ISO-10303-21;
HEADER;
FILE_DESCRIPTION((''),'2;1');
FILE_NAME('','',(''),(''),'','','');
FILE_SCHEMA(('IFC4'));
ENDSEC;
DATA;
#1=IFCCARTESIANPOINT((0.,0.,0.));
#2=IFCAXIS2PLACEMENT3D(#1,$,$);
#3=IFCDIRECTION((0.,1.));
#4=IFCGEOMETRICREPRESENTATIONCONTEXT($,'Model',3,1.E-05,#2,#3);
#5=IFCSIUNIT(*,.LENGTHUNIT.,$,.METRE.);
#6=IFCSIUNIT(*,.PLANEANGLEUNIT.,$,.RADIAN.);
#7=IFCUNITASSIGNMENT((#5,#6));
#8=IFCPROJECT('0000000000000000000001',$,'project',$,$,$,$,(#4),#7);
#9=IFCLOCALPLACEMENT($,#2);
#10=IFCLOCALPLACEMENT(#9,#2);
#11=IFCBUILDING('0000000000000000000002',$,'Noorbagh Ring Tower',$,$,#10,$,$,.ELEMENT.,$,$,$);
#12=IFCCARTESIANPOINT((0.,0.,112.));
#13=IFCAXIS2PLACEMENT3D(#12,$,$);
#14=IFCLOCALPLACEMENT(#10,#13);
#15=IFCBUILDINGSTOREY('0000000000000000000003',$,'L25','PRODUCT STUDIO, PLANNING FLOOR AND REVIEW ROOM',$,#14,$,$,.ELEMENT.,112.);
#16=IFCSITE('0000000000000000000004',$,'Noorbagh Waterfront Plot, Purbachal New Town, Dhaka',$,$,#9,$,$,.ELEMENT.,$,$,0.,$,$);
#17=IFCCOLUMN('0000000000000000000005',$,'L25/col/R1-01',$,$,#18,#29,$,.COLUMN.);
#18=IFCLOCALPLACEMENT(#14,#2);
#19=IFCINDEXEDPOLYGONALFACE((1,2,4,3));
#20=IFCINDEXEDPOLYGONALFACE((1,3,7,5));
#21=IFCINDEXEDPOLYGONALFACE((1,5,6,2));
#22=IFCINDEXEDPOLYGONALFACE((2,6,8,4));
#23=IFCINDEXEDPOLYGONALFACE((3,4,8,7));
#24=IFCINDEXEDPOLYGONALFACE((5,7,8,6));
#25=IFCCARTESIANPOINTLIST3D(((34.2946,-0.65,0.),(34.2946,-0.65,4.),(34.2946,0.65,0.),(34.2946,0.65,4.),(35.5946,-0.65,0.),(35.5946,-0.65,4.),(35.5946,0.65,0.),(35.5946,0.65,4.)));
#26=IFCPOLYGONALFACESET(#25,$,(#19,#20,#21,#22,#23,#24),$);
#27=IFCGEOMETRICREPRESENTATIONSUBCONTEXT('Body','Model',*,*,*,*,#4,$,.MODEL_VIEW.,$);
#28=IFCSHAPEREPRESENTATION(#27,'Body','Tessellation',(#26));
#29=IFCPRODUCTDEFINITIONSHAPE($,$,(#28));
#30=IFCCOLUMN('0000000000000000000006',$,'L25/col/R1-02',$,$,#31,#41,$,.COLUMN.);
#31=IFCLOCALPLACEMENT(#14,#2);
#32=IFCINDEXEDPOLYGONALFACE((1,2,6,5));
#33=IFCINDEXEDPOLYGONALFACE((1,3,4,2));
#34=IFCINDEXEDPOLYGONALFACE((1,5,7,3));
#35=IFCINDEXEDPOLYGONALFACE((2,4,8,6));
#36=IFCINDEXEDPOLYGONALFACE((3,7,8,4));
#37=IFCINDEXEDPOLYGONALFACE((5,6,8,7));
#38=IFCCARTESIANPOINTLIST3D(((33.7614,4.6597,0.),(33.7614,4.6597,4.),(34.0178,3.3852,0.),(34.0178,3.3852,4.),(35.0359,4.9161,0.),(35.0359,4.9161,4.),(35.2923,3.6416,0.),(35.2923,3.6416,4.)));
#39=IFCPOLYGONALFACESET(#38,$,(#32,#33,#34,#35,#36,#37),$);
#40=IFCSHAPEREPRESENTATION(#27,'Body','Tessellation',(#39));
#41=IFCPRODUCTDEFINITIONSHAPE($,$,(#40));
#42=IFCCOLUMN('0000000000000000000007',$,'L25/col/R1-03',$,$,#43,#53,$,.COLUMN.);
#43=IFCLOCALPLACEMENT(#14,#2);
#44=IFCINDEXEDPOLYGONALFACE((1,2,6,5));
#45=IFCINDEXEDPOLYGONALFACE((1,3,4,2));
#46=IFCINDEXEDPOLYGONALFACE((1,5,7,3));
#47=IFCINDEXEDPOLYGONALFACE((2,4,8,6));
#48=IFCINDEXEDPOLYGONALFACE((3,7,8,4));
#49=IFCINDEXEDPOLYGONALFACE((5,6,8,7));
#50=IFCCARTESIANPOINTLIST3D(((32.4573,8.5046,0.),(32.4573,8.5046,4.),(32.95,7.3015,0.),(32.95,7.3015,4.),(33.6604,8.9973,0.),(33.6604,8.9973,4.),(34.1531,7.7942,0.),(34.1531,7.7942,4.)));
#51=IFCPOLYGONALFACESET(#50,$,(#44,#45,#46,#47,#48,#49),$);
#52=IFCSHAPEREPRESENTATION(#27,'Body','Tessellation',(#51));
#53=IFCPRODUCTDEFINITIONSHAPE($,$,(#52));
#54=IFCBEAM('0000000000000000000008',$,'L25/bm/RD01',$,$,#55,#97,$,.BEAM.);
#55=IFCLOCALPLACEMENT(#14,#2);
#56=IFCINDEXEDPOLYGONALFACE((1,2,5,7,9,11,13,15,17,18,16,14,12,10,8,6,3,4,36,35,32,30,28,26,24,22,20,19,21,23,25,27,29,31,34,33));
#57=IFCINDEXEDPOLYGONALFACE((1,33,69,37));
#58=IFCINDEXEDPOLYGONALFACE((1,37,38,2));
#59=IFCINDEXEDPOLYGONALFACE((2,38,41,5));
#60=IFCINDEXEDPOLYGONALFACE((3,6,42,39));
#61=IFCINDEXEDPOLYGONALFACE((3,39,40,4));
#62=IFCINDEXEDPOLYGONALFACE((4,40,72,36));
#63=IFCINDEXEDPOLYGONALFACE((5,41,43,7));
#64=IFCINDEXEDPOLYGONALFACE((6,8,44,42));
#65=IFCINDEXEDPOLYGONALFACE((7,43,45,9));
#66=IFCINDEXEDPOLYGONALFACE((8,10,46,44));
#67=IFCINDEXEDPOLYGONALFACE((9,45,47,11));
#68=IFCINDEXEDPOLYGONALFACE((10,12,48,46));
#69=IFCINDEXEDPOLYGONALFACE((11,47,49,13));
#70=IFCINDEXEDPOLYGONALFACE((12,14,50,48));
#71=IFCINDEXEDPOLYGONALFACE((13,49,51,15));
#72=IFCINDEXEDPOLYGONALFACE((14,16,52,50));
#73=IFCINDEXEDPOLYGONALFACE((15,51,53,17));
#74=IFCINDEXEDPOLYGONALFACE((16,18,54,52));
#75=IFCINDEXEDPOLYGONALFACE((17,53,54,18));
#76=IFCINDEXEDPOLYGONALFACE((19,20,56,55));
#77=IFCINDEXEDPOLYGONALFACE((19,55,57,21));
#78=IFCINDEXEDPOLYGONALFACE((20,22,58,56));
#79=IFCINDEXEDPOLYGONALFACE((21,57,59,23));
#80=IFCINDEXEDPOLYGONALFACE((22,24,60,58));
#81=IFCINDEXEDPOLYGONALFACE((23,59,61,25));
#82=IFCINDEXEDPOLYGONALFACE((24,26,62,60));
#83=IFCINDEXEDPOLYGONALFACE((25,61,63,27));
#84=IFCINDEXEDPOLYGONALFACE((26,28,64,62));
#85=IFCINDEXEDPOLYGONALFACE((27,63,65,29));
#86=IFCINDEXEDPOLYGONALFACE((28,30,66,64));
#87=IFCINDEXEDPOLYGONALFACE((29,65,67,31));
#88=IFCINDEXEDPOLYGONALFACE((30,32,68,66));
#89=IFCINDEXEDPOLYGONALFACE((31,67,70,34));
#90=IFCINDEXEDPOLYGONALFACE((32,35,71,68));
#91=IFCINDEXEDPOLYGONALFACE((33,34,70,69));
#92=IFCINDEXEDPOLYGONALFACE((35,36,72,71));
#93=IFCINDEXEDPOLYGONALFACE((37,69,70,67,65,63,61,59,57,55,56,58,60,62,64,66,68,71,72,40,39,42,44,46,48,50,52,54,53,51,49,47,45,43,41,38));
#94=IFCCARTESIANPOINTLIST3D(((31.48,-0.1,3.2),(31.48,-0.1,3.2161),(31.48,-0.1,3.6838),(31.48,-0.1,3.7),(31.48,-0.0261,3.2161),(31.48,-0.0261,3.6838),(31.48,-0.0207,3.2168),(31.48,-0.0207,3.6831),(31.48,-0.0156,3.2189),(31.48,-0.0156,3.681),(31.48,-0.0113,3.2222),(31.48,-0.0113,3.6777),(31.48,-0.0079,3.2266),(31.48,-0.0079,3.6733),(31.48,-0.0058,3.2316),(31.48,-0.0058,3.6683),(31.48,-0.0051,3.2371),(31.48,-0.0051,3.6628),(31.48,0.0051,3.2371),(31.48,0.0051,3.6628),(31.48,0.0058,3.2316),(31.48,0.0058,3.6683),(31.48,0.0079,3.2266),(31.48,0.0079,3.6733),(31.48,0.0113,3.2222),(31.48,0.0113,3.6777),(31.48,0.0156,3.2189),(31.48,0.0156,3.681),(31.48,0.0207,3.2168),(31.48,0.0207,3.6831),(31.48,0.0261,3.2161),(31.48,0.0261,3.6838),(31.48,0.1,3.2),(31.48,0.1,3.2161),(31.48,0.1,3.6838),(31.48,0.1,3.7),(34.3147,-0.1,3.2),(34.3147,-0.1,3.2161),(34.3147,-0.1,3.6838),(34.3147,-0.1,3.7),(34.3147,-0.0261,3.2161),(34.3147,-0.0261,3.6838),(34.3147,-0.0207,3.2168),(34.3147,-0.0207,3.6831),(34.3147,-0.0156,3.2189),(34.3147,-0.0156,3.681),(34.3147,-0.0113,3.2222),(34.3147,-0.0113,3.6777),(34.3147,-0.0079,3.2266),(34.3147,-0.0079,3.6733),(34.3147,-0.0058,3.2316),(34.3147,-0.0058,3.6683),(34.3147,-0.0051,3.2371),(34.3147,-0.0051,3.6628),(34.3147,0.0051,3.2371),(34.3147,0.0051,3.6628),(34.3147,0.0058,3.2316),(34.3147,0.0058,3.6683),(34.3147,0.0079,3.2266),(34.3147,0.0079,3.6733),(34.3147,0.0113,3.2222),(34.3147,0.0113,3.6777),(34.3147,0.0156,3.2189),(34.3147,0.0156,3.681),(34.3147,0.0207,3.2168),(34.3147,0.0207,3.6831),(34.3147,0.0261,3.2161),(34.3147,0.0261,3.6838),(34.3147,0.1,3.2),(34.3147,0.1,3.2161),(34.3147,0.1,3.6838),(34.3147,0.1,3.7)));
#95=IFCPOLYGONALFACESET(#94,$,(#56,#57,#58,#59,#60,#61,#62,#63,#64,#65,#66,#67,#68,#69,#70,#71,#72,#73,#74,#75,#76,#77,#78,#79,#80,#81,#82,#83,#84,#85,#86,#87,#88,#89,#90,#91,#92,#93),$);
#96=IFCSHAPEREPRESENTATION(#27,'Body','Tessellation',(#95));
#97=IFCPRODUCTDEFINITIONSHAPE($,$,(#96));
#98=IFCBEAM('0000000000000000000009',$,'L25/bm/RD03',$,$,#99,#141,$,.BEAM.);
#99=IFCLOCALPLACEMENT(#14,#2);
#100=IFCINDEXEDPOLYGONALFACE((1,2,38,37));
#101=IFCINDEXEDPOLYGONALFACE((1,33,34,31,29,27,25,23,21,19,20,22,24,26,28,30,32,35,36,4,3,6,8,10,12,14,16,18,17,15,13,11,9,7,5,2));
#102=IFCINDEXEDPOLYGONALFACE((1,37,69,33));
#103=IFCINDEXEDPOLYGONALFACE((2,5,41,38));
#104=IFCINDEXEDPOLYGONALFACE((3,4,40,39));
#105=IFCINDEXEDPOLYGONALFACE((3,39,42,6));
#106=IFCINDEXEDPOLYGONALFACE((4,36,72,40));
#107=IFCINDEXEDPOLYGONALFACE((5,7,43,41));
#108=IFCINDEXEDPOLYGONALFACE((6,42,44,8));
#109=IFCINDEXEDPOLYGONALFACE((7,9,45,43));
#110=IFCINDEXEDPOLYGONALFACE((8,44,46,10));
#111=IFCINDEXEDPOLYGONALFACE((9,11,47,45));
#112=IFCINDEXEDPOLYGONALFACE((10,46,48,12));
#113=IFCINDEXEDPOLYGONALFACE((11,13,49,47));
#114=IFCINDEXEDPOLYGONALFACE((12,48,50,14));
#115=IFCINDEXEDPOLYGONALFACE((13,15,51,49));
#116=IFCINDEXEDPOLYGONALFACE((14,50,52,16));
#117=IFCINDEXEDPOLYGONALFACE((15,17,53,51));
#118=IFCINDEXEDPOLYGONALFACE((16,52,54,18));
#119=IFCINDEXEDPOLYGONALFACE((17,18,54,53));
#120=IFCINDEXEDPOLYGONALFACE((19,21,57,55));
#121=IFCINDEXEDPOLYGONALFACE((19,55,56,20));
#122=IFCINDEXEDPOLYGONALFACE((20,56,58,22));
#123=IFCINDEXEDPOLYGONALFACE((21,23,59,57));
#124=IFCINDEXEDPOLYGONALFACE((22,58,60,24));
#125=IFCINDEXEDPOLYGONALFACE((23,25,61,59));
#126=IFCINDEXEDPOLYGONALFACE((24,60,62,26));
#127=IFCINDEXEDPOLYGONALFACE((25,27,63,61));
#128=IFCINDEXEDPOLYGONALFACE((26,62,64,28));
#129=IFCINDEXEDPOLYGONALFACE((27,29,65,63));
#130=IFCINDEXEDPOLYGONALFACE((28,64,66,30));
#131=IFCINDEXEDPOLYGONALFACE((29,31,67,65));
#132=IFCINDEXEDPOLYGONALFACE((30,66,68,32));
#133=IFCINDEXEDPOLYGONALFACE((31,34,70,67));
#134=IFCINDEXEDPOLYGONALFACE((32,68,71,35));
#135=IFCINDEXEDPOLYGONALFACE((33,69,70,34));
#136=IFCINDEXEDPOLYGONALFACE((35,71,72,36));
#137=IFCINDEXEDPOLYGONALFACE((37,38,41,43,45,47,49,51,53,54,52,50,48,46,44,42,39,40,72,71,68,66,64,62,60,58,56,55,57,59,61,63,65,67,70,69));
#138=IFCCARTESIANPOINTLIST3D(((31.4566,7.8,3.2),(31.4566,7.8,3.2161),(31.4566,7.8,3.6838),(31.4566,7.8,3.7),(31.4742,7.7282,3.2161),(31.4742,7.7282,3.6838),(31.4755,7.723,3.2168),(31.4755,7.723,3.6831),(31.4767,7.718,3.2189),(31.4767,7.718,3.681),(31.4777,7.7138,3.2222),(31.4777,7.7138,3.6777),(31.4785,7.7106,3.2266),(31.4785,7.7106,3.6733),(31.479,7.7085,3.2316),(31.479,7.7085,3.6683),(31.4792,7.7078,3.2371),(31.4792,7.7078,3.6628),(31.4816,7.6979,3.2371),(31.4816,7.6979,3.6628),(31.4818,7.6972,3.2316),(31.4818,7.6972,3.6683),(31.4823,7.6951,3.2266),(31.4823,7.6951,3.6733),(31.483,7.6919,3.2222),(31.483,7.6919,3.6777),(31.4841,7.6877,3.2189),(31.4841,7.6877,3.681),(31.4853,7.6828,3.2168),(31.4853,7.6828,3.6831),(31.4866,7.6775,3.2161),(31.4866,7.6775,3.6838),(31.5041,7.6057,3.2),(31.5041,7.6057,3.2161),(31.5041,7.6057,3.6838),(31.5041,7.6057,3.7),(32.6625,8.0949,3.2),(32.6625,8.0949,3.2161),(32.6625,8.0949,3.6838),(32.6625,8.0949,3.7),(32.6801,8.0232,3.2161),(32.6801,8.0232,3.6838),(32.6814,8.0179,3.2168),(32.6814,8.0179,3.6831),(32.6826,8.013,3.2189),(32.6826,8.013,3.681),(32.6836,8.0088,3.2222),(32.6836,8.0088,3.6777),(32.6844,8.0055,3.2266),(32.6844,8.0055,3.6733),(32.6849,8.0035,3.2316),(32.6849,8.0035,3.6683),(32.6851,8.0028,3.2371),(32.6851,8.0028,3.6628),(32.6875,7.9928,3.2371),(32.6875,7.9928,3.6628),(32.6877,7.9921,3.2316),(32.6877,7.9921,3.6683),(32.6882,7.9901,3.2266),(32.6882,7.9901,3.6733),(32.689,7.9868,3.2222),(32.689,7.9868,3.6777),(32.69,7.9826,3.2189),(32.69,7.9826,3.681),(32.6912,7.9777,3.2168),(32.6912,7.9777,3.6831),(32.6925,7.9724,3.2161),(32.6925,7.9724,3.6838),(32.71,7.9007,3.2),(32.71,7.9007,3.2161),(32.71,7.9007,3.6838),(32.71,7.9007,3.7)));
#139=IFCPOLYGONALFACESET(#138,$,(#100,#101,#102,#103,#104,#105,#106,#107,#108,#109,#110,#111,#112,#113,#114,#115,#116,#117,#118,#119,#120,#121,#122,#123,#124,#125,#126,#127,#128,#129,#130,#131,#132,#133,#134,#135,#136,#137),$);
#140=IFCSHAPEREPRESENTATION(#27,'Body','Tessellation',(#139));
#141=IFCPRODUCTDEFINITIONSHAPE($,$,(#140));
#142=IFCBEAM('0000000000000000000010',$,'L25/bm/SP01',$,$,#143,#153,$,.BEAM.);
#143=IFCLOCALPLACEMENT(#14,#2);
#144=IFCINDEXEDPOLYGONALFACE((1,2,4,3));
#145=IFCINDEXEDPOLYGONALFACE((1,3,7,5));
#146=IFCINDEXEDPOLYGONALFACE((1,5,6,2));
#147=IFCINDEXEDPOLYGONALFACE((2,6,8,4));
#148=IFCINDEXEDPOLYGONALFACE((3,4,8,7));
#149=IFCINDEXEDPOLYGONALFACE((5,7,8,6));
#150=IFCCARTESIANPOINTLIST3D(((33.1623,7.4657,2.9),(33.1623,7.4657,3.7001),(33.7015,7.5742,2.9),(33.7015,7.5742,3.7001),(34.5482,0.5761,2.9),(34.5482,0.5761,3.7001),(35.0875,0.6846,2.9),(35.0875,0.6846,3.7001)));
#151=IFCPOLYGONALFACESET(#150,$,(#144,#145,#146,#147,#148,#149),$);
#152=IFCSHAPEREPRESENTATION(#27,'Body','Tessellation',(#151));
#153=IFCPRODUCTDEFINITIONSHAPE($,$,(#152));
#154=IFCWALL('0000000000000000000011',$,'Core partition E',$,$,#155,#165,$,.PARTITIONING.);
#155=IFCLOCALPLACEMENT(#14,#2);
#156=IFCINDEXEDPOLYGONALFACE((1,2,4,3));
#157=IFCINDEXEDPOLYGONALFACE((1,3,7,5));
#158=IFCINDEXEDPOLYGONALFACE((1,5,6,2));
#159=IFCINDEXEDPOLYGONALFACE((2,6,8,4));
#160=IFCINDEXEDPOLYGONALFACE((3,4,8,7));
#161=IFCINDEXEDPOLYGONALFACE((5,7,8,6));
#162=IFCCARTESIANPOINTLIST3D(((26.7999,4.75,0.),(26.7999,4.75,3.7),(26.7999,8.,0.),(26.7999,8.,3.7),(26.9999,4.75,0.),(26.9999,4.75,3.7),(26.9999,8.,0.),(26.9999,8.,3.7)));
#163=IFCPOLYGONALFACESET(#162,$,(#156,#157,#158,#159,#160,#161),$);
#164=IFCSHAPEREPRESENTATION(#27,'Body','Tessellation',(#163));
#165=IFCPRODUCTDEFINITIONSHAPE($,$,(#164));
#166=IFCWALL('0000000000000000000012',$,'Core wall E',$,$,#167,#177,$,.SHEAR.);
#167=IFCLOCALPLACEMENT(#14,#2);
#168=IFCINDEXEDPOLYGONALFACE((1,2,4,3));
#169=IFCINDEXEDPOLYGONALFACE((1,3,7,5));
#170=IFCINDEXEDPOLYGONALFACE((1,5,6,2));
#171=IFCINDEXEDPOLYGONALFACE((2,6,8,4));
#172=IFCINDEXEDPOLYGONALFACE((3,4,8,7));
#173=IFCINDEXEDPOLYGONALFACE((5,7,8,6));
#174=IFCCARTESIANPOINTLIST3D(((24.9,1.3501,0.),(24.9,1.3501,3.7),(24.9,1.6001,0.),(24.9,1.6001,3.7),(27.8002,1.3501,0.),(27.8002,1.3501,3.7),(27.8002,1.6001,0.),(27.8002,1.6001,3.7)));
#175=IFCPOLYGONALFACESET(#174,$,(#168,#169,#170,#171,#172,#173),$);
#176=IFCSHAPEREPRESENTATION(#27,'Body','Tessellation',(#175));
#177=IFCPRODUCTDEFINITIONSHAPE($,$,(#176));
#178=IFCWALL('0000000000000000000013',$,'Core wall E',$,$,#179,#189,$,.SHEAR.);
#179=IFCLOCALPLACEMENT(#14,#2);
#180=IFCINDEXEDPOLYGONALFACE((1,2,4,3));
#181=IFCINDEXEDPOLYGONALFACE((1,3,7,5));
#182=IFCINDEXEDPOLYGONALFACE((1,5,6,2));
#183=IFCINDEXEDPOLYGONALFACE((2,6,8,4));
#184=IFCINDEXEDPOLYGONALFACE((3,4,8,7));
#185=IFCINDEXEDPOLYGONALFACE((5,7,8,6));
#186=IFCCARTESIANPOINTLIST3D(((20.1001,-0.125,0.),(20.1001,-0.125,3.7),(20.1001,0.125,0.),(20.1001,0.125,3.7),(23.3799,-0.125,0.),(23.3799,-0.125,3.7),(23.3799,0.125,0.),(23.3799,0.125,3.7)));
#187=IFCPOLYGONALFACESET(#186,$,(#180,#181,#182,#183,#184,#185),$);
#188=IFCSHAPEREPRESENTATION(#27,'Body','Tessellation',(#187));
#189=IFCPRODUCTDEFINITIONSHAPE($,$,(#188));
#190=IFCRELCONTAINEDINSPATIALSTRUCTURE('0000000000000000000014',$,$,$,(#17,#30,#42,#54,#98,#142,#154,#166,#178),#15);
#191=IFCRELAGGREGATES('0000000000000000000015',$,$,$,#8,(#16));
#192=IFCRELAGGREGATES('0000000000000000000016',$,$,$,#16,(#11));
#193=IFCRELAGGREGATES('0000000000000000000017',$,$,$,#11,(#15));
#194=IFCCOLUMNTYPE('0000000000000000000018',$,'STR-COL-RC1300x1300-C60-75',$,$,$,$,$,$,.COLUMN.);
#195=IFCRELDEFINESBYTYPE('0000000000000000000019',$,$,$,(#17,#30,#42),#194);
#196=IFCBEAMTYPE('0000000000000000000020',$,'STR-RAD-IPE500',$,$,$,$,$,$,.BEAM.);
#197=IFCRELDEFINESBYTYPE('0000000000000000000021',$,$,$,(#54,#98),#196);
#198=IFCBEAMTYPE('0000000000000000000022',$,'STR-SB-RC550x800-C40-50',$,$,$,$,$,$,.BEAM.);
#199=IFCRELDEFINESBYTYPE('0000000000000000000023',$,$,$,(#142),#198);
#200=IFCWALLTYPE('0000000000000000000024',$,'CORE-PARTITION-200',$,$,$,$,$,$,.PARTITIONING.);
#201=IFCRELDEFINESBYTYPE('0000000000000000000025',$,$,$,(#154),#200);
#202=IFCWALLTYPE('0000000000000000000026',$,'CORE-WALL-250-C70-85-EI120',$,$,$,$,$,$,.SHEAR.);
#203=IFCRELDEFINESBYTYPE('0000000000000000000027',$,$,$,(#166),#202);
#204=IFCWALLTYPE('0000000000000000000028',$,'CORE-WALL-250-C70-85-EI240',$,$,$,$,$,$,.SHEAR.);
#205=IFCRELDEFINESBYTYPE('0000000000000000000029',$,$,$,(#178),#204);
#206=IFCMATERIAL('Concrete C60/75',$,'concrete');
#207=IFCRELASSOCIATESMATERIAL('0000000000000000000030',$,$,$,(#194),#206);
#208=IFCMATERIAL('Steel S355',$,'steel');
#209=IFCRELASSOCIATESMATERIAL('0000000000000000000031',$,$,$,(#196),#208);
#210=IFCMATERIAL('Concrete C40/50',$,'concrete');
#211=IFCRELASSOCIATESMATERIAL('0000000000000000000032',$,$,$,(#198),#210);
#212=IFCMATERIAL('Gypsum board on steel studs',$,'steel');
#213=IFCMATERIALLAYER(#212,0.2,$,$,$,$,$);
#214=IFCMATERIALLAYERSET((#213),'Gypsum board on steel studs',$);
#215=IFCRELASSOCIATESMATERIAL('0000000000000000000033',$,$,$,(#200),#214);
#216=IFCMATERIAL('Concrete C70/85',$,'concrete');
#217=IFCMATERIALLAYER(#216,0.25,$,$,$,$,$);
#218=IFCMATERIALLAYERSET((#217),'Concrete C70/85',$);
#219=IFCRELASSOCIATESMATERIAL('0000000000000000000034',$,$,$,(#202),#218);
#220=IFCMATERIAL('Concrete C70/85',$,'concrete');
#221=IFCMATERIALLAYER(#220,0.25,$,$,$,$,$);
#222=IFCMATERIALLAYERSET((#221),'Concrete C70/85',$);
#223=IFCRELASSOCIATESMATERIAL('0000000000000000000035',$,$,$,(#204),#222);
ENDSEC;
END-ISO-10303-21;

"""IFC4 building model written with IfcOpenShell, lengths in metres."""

from ifc_helpers import new_model, si_unit, direction, frame, frame_2d, origin, origin_2d, place, context, subcontext, project, spatial, rectangle, i_section, extrude, material, layer, layer_set, material_profile, profile_set, type_object, element, save


model = new_model("IFC4")

# Units and contexts
model_context = context("Model", 3, precision=1e-05, world=origin(), true_north=direction((0.0, 1.0)))
body_context = subcontext(model_context, "Body", "Model", "MODEL_VIEW")
ifc_project = project(units=[si_unit("LENGTHUNIT", "METRE"), si_unit("PLANEANGLEUNIT", "RADIAN")], contexts=[model_context])

# Site, building, storey
site_placement = place(None, origin())
site = spatial("IfcSite", under=ifc_project, at=site_placement, Name="Noorbagh Waterfront Plot, Purbachal New Town, Dhaka", CompositionType="ELEMENT", RefElevation=0.0)
building_placement = place(site_placement, origin())
building = spatial("IfcBuilding", under=site, at=building_placement, Name="Noorbagh Ring Tower", CompositionType="ELEMENT")
storey_placement = place(building_placement, frame((0.0, 0.0, 112.0)))
storey = spatial("IfcBuildingStorey", under=building, at=storey_placement, Name="L25", Description="PRODUCT STUDIO, PLANNING FLOOR AND REVIEW ROOM", CompositionType="ELEMENT", Elevation=112.0)

# Columns
ifc_material_1 = material(Name="Concrete C60/75", Category="concrete")
ifc_material_profile_1 = material_profile(ifc_material_1, rectangle(XDim=1.3, YDim=1.3, at=origin_2d()), Name="RC1300x1300")
ifc_profile_set_1 = profile_set([ifc_material_profile_1], Name="Concrete C60/75")
column_type = type_object("IfcColumnType", Name="STR-COL-RC1300x1300-C60-75", PredefinedType="COLUMN", material=ifc_profile_set_1)
for number, where, z_axis, x_axis, name in (
    (1, (34.9446, 0.0, 0.0), (0.0, 0.0, 1.0), (0.0, 1.0, 0.0), "L25/col/R1-01"),
    (2, (34.5269, 4.1506, 0.0), (0.0, 0.0, 1.0), (-0.19723, 0.980357, 0.0), "L25/col/R1-02"),
    (3, (33.3052, 8.1494, 0.0), (0.0, 0.0, 1.0), (-0.378989, 0.925401, 0.0), "L25/col/R1-03"),
):
    element("IfcColumn", number, at=place(storey_placement, frame(where, z_axis=z_axis, x_axis=x_axis)), inside=storey, type_object=column_type, Name=name, PredefinedType="COLUMN", context=body_context, shape_type="SweptSolid", body=[
        extrude(rectangle(XDim=1.3, YDim=1.3, at=origin_2d()), origin(), (0.0, 0.0, 1.0), 4.0),
    ])

# Beams
ifc_material_2 = material(Name="Steel S355", Category="steel")
ifc_material_profile_2 = material_profile(ifc_material_2, i_section(OverallWidth=0.2, OverallDepth=0.5, WebThickness=0.0103, FlangeThickness=0.0161, FilletRadius=0.021, at=origin_2d()), Name="IPE500")
ifc_profile_set_2 = profile_set([ifc_material_profile_2], Name="Steel S355")
beam_type_1 = type_object("IfcBeamType", Name="STR-RAD-IPE500", PredefinedType="BEAM", material=ifc_profile_set_2)
beam_1_placement = place(storey_placement, frame((34.3147, 0.0, 3.45), z_axis=(-1.0, 0.0, 0.0), x_axis=(0.0, -1.0, 0.0)))
element("IfcBeam", 4, at=beam_1_placement, inside=storey, type_object=beam_type_1, Name="L25/bm/RD01", PredefinedType="BEAM", context=body_context, shape_type="SweptSolid", body=[
    extrude(i_section(OverallWidth=0.2, OverallDepth=0.5, WebThickness=0.0103, FlangeThickness=0.0161, FilletRadius=0.021, at=origin_2d()), origin(), (0.0, 0.0, 1.0), 2.8347),
])
beam_2_placement = place(storey_placement, frame((32.6863, 7.9978, 3.45), z_axis=(-0.971368, -0.237581, 0.0), x_axis=(0.237581, -0.971368, 0.0)))
element("IfcBeam", 5, at=beam_2_placement, inside=storey, type_object=beam_type_1, Name="L25/bm/RD03", PredefinedType="BEAM", context=body_context, shape_type="SweptSolid", body=[
    extrude(i_section(OverallWidth=0.2, OverallDepth=0.5, WebThickness=0.0103, FlangeThickness=0.0161, FilletRadius=0.021, at=origin_2d()), origin(), (0.0, 0.0, 1.0), 1.2415),
])
ifc_material_3 = material(Name="Concrete C40/50", Category="concrete")
ifc_material_profile_3 = material_profile(ifc_material_3, rectangle(XDim=0.55, YDim=0.8, at=origin_2d()), Name="RC550x800")
ifc_profile_set_3 = profile_set([ifc_material_profile_3], Name="Concrete C40/50")
beam_type_2 = type_object("IfcBeamType", Name="STR-SB-RC550x800-C40-50", PredefinedType="BEAM", material=ifc_profile_set_3)
beam_3_placement = place(storey_placement, frame((34.8179, 0.6304, 3.3), z_axis=(-0.197218, 0.98036, 0.0), x_axis=(-0.98036, -0.197218, 0.0)))
element("IfcBeam", 6, at=beam_3_placement, inside=storey, type_object=beam_type_2, Name="L25/bm/SP01", PredefinedType="BEAM", context=body_context, shape_type="SweptSolid", body=[
    extrude(rectangle(XDim=0.55, YDim=0.8, at=origin_2d()), origin(), (0.0, 0.0, 1.0), 7.0276),
])

# Walls
ifc_material_4 = material(Name="Gypsum board on steel studs", Category="steel")
ifc_layer_1 = layer(ifc_material_4, 0.2)
ifc_layer_set_1 = layer_set([ifc_layer_1], Name="Gypsum board on steel studs")
wall_type_1 = type_object("IfcWallType", Name="CORE-PARTITION-200", PredefinedType="PARTITIONING", material=ifc_layer_set_1)
wall_1_placement = place(storey_placement, frame((26.8999, 4.75, 0.0), z_axis=(0.0, 0.0, 1.0), x_axis=(0.0, 1.0, 0.0)))
element("IfcWall", 7, at=wall_1_placement, inside=storey, type_object=wall_type_1, Name="Core partition E", PredefinedType="PARTITIONING", context=body_context, shape_type="SweptSolid", body=[
    extrude(rectangle(XDim=3.25, YDim=0.2, at=frame_2d((1.625, 0.0))), origin(), (0.0, 0.0, 1.0), 3.7),
])
ifc_material_5 = material(Name="Concrete C70/85", Category="concrete")
ifc_layer_2 = layer(ifc_material_5, 0.25)
ifc_layer_set_2 = layer_set([ifc_layer_2], Name="Concrete C70/85")
wall_type_2 = type_object("IfcWallType", Name="CORE-WALL-250-C70-85-EI120", PredefinedType="SHEAR", material=ifc_layer_set_2)
wall_2_placement = place(storey_placement, frame((24.8999, 1.4751, 0.0), z_axis=(0.0, 0.0, 1.0), x_axis=(1.0, 0.0, 0.0)))
element("IfcWall", 8, at=wall_2_placement, inside=storey, type_object=wall_type_2, Name="Core wall E", PredefinedType="SHEAR", context=body_context, shape_type="SweptSolid", body=[
    extrude(rectangle(XDim=2.9001, YDim=0.25, at=frame_2d((1.4502, 0.0))), origin(), (0.0, 0.0, 1.0), 3.7),
])
ifc_material_6 = material(Name="Concrete C70/85", Category="concrete")
ifc_layer_3 = layer(ifc_material_6, 0.25)
ifc_layer_set_3 = layer_set([ifc_layer_3], Name="Concrete C70/85")
wall_type_3 = type_object("IfcWallType", Name="CORE-WALL-250-C70-85-EI240", PredefinedType="SHEAR", material=ifc_layer_set_3)
wall_3_placement = place(storey_placement, frame((20.1001, 0.0, 0.0), z_axis=(0.0, 0.0, 1.0), x_axis=(1.0, 0.0, 0.0)))
element("IfcWall", 9, at=wall_3_placement, inside=storey, type_object=wall_type_3, Name="Core wall E", PredefinedType="SHEAR", context=body_context, shape_type="SweptSolid", body=[
    extrude(rectangle(XDim=3.2798, YDim=0.25, at=frame_2d((1.6399, 0.0))), origin(), (0.0, 0.0, 1.0), 3.7),
])

save(model, "model.ifc")
